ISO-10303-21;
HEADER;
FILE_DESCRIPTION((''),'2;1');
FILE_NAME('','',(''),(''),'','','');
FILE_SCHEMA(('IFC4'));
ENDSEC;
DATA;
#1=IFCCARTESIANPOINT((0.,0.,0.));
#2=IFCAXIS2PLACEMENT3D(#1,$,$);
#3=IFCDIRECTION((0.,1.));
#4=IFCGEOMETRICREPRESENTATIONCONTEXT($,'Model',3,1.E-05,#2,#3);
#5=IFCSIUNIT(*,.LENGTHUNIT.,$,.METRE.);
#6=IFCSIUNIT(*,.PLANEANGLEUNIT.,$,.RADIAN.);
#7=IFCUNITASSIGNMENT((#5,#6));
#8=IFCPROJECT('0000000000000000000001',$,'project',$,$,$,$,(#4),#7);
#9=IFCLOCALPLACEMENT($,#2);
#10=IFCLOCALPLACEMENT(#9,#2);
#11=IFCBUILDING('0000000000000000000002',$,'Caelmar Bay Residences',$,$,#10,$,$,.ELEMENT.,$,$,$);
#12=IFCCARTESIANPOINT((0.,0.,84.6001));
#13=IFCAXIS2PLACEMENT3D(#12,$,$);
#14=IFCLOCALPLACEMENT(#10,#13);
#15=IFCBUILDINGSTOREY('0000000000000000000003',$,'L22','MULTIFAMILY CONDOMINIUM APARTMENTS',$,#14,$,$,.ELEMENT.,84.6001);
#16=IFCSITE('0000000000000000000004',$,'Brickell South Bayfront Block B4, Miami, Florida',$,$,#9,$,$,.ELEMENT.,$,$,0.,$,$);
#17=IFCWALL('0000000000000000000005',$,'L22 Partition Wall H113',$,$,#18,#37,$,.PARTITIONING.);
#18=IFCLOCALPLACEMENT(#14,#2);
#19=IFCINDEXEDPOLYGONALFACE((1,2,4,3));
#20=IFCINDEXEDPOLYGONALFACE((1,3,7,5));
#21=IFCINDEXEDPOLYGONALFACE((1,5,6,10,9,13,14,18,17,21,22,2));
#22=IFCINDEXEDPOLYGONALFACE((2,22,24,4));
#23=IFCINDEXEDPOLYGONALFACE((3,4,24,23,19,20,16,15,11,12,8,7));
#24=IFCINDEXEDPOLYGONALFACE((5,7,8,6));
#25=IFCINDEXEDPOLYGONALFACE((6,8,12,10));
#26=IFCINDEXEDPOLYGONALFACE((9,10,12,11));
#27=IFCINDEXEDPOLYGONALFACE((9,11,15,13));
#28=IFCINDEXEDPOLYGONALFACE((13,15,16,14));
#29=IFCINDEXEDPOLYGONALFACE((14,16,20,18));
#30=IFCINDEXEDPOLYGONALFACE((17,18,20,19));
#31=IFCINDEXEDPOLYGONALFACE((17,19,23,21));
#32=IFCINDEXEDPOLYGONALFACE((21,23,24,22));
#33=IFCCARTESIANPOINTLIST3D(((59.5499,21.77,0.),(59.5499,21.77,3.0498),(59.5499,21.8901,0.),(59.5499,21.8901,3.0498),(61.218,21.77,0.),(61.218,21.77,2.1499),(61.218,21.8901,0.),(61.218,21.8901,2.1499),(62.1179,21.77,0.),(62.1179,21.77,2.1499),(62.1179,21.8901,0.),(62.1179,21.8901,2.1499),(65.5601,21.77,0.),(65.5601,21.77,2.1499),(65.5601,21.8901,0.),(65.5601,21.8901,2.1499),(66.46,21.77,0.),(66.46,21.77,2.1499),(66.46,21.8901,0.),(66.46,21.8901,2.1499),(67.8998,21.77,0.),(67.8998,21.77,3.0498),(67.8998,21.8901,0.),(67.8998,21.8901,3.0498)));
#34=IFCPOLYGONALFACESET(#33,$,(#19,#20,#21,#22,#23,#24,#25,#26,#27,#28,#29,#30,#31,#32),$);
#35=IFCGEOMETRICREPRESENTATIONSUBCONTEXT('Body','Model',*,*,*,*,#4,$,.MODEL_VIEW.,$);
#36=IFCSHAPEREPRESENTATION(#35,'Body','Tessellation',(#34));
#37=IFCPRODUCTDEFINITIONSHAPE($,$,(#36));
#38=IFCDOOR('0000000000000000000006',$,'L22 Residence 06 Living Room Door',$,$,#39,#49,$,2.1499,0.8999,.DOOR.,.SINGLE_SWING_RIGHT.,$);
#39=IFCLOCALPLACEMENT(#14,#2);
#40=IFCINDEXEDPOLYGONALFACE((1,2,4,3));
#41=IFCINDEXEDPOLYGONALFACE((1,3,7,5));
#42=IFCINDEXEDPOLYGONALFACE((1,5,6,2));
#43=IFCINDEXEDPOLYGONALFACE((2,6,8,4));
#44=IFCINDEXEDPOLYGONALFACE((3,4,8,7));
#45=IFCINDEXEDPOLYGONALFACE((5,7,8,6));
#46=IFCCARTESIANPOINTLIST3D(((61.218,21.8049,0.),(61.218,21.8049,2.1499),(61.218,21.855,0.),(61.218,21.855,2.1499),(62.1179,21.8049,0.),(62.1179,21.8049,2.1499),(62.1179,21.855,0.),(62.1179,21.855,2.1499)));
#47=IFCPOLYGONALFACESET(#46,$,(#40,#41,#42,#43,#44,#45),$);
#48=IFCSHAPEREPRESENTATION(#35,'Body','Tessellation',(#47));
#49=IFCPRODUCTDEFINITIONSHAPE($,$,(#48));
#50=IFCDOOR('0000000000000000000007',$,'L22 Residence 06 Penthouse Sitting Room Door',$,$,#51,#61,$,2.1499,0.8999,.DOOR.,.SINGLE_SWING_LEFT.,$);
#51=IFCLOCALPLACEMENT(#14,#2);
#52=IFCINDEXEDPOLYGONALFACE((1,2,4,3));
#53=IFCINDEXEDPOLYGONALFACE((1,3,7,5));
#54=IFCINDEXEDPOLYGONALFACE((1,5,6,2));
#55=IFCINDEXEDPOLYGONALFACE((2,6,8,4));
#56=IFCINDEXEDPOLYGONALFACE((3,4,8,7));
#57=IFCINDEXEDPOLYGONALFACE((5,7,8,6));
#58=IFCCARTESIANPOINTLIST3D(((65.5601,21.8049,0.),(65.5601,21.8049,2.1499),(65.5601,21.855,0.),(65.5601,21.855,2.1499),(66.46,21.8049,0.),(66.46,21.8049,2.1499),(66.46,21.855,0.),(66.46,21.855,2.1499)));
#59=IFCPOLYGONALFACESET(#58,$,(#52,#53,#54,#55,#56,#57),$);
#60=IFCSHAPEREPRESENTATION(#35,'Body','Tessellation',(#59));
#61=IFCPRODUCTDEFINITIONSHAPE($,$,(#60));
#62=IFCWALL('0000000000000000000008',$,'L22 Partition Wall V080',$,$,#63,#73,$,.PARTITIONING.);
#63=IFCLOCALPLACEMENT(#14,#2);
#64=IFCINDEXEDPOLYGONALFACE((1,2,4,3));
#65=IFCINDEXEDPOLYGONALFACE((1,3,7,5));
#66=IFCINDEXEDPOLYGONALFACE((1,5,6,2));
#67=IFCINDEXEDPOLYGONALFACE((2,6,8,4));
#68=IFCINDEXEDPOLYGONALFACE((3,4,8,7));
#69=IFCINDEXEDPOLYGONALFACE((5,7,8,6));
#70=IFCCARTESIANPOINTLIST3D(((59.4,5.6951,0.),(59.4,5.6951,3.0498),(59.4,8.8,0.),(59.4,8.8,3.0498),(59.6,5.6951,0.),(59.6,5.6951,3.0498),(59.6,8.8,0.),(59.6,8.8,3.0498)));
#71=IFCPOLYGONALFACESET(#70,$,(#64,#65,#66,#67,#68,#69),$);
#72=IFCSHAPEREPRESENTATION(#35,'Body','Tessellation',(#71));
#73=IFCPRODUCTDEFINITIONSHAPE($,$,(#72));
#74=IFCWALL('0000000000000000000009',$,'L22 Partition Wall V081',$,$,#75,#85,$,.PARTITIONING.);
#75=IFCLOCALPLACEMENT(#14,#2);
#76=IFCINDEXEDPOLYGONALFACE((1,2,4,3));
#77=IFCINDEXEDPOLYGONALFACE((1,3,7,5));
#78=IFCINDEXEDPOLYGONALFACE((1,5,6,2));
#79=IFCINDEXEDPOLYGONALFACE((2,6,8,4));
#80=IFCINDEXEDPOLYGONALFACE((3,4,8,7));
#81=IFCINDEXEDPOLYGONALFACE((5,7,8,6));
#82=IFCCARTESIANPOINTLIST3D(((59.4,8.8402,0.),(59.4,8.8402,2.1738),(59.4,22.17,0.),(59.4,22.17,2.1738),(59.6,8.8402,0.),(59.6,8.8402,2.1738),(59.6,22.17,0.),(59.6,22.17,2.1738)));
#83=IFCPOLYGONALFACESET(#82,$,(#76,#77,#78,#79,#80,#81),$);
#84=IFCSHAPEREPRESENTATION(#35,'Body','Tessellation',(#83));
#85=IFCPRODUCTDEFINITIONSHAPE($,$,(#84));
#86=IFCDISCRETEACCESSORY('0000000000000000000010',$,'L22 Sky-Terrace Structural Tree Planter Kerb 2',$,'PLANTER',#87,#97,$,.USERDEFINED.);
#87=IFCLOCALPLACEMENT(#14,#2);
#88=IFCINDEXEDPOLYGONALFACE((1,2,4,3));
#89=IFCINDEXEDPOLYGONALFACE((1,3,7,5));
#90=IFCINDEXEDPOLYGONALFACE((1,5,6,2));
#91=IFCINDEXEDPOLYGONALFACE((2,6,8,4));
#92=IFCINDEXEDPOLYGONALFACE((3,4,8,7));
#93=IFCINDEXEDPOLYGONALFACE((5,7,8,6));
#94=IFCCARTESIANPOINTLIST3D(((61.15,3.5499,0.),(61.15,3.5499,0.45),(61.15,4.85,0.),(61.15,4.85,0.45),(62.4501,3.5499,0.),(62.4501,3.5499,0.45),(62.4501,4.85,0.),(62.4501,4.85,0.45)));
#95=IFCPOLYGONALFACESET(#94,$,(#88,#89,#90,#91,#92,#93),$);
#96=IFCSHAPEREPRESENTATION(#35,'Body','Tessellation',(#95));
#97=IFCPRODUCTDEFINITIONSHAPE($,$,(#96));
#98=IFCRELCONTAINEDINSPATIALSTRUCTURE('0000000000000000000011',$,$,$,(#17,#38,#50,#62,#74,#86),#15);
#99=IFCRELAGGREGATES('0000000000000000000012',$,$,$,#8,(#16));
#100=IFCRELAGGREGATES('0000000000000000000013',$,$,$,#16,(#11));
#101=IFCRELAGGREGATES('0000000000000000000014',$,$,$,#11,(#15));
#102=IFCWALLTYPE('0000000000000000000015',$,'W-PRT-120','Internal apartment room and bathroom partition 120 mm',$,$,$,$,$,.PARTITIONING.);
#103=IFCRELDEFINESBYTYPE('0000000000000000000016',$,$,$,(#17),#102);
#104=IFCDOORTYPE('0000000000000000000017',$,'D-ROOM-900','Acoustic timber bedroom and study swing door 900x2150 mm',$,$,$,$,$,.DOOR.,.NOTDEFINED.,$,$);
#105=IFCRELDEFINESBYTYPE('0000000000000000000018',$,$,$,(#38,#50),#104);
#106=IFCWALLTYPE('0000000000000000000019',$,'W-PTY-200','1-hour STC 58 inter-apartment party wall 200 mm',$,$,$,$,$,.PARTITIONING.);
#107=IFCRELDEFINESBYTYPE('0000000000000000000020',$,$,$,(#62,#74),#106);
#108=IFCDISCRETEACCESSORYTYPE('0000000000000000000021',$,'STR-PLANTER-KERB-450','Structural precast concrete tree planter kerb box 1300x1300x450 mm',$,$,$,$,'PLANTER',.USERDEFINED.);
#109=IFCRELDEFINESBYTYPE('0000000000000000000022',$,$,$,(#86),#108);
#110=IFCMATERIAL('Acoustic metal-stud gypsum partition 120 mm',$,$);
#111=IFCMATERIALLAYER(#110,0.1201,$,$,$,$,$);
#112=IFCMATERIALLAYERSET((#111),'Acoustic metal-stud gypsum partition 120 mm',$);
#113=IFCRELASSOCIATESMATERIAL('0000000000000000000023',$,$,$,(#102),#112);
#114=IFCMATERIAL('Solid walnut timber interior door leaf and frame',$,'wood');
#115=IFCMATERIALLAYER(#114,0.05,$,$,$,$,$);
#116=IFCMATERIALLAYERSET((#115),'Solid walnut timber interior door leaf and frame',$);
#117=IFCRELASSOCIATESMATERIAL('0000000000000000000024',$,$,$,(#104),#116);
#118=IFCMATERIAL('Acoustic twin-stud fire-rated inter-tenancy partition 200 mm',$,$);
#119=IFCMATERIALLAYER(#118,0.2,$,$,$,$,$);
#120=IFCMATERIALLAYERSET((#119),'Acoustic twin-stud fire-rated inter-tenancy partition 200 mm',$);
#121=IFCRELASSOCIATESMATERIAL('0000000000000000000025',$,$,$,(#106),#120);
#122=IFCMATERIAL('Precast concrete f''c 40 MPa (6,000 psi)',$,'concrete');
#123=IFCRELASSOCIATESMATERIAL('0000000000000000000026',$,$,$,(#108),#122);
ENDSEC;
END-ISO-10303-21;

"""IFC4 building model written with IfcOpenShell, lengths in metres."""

from ifc_helpers import new_model, si_unit, direction, frame, frame_2d, origin, origin_2d, place, context, subcontext, project, spatial, rectangle, extrude, material, layer, layer_set, type_object, element, fill, save


model = new_model("IFC4")

# Units and contexts
model_context = context("Model", 3, precision=1e-05, world=origin(), true_north=direction((0.0, 1.0)))
body_context = subcontext(model_context, "Body", "Model", "MODEL_VIEW")
ifc_project = project(units=[si_unit("LENGTHUNIT", "METRE"), si_unit("PLANEANGLEUNIT", "RADIAN")], contexts=[model_context])

# Site, building, storey
site_placement = place(None, origin())
site = spatial("IfcSite", under=ifc_project, at=site_placement, Name="Brickell South Bayfront Block B4, Miami, Florida", CompositionType="ELEMENT", RefElevation=0.0)
building_placement = place(site_placement, origin())
building = spatial("IfcBuilding", under=site, at=building_placement, Name="Caelmar Bay Residences", CompositionType="ELEMENT")
storey_placement = place(building_placement, frame((0.0, 0.0, 84.6001)))
storey = spatial("IfcBuildingStorey", under=building, at=storey_placement, Name="L22", Description="MULTIFAMILY CONDOMINIUM APARTMENTS", CompositionType="ELEMENT", Elevation=84.6001)

# Shared definitions
ifc_material_1 = material(Name="Acoustic metal-stud gypsum partition 120 mm")
ifc_layer_1 = layer(ifc_material_1, 0.1201)
ifc_layer_set_1 = layer_set([ifc_layer_1], Name="Acoustic metal-stud gypsum partition 120 mm")
wall_type_1 = type_object("IfcWallType", Name="W-PRT-120", Description="Internal apartment room and bathroom partition 120 mm", PredefinedType="PARTITIONING", material=ifc_layer_set_1)

# Shared definitions
ifc_material_2 = material(Name="Solid walnut timber interior door leaf and frame", Category="wood")
ifc_layer_2 = layer(ifc_material_2, 0.05)
ifc_layer_set_2 = layer_set([ifc_layer_2], Name="Solid walnut timber interior door leaf and frame")
door_type = type_object("IfcDoorType", Name="D-ROOM-900", Description="Acoustic timber bedroom and study swing door 900x2150 mm", OperationType="NOTDEFINED", PredefinedType="DOOR", material=ifc_layer_set_2)

# Wall, openings, doors
wall_1_placement = place(storey_placement, frame((59.55, 21.8301, 0.0), z_axis=(0.0, 0.0, 1.0), x_axis=(1.0, 0.0, 0.0)))
wall_1 = element("IfcWall", 1, at=wall_1_placement, inside=storey, type_object=wall_type_1, Name="L22 Partition Wall H113", PredefinedType="PARTITIONING", context=body_context, shape_type="SweptSolid", body=[
    extrude(rectangle(XDim=8.3499, YDim=0.1201, at=frame_2d((4.1748, 0.0))), origin(), (0.0, 0.0, 1.0), 3.0498),
])
opening_1_placement = place(wall_1_placement, frame((1.668, 0.0, 0.0)))
opening_1 = element("IfcOpeningElement", 2, at=opening_1_placement, cuts=wall_1, PredefinedType="OPENING", context=body_context, shape_type="SweptSolid", body=[
    extrude(rectangle(XDim=0.8999, YDim=2.1499, at=frame_2d((0.45, 1.075))), frame((0.0, 0.0701, 0.0), z_axis=(0.0, -1.0, 0.0), x_axis=(1.0, 0.0, 0.0)), (0.0, 0.0, 1.0), 0.1401),
])
opening_2_placement = place(wall_1_placement, frame((6.01, 0.0, 0.0)))
opening_2 = element("IfcOpeningElement", 3, at=opening_2_placement, cuts=wall_1, PredefinedType="OPENING", context=body_context, shape_type="SweptSolid", body=[
    extrude(rectangle(XDim=0.8999, YDim=2.1499, at=frame_2d((0.45, 1.075))), frame((0.0, 0.0701, 0.0), z_axis=(0.0, -1.0, 0.0), x_axis=(1.0, 0.0, 0.0)), (0.0, 0.0, 1.0), 0.1401),
])
door_1_placement = place(opening_1_placement, origin())
door_1 = element("IfcDoor", 4, at=door_1_placement, inside=storey, type_object=door_type, Name="L22 Residence 06 Living Room Door", OperationType="SINGLE_SWING_RIGHT", OverallHeight=2.1499, OverallWidth=0.8999, PredefinedType="DOOR", context=body_context, shape_type="SweptSolid", body=[
    extrude(rectangle(XDim=0.8999, YDim=2.1499, at=frame_2d((0.45, 1.075))), frame((0.0, 0.0249, 0.0), z_axis=(0.0, -1.0, 0.0), x_axis=(1.0, 0.0, 0.0)), (0.0, 0.0, 1.0), 0.05),
])
fill(opening_1, door_1)
door_2_placement = place(opening_2_placement, origin())
door_2 = element("IfcDoor", 5, at=door_2_placement, inside=storey, type_object=door_type, Name="L22 Residence 06 Penthouse Sitting Room Door", OperationType="SINGLE_SWING_LEFT", OverallHeight=2.1499, OverallWidth=0.8999, PredefinedType="DOOR", context=body_context, shape_type="SweptSolid", body=[
    extrude(rectangle(XDim=0.8999, YDim=2.1499, at=frame_2d((0.45, 1.075))), frame((0.0, 0.0249, 0.0), z_axis=(0.0, -1.0, 0.0), x_axis=(1.0, 0.0, 0.0)), (0.0, 0.0, 1.0), 0.05),
])
fill(opening_2, door_2)

# Walls
ifc_material_3 = material(Name="Acoustic twin-stud fire-rated inter-tenancy partition 200 mm")
ifc_layer_3 = layer(ifc_material_3, 0.2)
ifc_layer_set_3 = layer_set([ifc_layer_3], Name="Acoustic twin-stud fire-rated inter-tenancy partition 200 mm")
wall_type_2 = type_object("IfcWallType", Name="W-PTY-200", Description="1-hour STC 58 inter-apartment party wall 200 mm", PredefinedType="PARTITIONING", material=ifc_layer_set_3)
wall_2_placement = place(storey_placement, frame((59.5, 5.6951, 0.0), z_axis=(0.0, 0.0, 1.0), x_axis=(0.0, 1.0, 0.0)))
element("IfcWall", 6, at=wall_2_placement, inside=storey, type_object=wall_type_2, Name="L22 Partition Wall V080", PredefinedType="PARTITIONING", context=body_context, shape_type="SweptSolid", body=[
    extrude(rectangle(XDim=3.105, YDim=0.2, at=frame_2d((1.5525, 0.0))), origin(), (0.0, 0.0, 1.0), 3.0498),
])
wall_3_placement = place(storey_placement, frame((59.5, 8.8401, 0.0), z_axis=(0.0, 0.0, 1.0), x_axis=(0.0, 1.0, 0.0)))
element("IfcWall", 7, at=wall_3_placement, inside=storey, type_object=wall_type_2, Name="L22 Partition Wall V081", PredefinedType="PARTITIONING", context=body_context, shape_type="SweptSolid", body=[
    extrude(rectangle(XDim=13.3298, YDim=0.2, at=frame_2d((6.665, 0.0))), origin(), (0.0, 0.0, 1.0), 2.1738),
])

# Discrete accessory
ifc_material_4 = material(Name="Precast concrete f'c 40 MPa (6,000 psi)", Category="concrete")
discrete_accessory_type = type_object("IfcDiscreteAccessoryType", Name="STR-PLANTER-KERB-450", Description="Structural precast concrete tree planter kerb box 1300x1300x450 mm", ElementType="PLANTER", PredefinedType="USERDEFINED", material=ifc_material_4)
discrete_accessory_placement = place(storey_placement, frame((61.8, 4.2, 0.0), z_axis=(0.0, 0.0, 1.0), x_axis=(1.0, 0.0, 0.0)))
element("IfcDiscreteAccessory", 8, at=discrete_accessory_placement, inside=storey, type_object=discrete_accessory_type, Name="L22 Sky-Terrace Structural Tree Planter Kerb 2", ObjectType="PLANTER", PredefinedType="USERDEFINED", context=body_context, shape_type="SweptSolid", body=[
    extrude(rectangle(XDim=1.3, YDim=1.3, at=origin_2d()), origin(), (0.0, 0.0, 1.0), 0.45),
])

save(model, "model.ifc")
